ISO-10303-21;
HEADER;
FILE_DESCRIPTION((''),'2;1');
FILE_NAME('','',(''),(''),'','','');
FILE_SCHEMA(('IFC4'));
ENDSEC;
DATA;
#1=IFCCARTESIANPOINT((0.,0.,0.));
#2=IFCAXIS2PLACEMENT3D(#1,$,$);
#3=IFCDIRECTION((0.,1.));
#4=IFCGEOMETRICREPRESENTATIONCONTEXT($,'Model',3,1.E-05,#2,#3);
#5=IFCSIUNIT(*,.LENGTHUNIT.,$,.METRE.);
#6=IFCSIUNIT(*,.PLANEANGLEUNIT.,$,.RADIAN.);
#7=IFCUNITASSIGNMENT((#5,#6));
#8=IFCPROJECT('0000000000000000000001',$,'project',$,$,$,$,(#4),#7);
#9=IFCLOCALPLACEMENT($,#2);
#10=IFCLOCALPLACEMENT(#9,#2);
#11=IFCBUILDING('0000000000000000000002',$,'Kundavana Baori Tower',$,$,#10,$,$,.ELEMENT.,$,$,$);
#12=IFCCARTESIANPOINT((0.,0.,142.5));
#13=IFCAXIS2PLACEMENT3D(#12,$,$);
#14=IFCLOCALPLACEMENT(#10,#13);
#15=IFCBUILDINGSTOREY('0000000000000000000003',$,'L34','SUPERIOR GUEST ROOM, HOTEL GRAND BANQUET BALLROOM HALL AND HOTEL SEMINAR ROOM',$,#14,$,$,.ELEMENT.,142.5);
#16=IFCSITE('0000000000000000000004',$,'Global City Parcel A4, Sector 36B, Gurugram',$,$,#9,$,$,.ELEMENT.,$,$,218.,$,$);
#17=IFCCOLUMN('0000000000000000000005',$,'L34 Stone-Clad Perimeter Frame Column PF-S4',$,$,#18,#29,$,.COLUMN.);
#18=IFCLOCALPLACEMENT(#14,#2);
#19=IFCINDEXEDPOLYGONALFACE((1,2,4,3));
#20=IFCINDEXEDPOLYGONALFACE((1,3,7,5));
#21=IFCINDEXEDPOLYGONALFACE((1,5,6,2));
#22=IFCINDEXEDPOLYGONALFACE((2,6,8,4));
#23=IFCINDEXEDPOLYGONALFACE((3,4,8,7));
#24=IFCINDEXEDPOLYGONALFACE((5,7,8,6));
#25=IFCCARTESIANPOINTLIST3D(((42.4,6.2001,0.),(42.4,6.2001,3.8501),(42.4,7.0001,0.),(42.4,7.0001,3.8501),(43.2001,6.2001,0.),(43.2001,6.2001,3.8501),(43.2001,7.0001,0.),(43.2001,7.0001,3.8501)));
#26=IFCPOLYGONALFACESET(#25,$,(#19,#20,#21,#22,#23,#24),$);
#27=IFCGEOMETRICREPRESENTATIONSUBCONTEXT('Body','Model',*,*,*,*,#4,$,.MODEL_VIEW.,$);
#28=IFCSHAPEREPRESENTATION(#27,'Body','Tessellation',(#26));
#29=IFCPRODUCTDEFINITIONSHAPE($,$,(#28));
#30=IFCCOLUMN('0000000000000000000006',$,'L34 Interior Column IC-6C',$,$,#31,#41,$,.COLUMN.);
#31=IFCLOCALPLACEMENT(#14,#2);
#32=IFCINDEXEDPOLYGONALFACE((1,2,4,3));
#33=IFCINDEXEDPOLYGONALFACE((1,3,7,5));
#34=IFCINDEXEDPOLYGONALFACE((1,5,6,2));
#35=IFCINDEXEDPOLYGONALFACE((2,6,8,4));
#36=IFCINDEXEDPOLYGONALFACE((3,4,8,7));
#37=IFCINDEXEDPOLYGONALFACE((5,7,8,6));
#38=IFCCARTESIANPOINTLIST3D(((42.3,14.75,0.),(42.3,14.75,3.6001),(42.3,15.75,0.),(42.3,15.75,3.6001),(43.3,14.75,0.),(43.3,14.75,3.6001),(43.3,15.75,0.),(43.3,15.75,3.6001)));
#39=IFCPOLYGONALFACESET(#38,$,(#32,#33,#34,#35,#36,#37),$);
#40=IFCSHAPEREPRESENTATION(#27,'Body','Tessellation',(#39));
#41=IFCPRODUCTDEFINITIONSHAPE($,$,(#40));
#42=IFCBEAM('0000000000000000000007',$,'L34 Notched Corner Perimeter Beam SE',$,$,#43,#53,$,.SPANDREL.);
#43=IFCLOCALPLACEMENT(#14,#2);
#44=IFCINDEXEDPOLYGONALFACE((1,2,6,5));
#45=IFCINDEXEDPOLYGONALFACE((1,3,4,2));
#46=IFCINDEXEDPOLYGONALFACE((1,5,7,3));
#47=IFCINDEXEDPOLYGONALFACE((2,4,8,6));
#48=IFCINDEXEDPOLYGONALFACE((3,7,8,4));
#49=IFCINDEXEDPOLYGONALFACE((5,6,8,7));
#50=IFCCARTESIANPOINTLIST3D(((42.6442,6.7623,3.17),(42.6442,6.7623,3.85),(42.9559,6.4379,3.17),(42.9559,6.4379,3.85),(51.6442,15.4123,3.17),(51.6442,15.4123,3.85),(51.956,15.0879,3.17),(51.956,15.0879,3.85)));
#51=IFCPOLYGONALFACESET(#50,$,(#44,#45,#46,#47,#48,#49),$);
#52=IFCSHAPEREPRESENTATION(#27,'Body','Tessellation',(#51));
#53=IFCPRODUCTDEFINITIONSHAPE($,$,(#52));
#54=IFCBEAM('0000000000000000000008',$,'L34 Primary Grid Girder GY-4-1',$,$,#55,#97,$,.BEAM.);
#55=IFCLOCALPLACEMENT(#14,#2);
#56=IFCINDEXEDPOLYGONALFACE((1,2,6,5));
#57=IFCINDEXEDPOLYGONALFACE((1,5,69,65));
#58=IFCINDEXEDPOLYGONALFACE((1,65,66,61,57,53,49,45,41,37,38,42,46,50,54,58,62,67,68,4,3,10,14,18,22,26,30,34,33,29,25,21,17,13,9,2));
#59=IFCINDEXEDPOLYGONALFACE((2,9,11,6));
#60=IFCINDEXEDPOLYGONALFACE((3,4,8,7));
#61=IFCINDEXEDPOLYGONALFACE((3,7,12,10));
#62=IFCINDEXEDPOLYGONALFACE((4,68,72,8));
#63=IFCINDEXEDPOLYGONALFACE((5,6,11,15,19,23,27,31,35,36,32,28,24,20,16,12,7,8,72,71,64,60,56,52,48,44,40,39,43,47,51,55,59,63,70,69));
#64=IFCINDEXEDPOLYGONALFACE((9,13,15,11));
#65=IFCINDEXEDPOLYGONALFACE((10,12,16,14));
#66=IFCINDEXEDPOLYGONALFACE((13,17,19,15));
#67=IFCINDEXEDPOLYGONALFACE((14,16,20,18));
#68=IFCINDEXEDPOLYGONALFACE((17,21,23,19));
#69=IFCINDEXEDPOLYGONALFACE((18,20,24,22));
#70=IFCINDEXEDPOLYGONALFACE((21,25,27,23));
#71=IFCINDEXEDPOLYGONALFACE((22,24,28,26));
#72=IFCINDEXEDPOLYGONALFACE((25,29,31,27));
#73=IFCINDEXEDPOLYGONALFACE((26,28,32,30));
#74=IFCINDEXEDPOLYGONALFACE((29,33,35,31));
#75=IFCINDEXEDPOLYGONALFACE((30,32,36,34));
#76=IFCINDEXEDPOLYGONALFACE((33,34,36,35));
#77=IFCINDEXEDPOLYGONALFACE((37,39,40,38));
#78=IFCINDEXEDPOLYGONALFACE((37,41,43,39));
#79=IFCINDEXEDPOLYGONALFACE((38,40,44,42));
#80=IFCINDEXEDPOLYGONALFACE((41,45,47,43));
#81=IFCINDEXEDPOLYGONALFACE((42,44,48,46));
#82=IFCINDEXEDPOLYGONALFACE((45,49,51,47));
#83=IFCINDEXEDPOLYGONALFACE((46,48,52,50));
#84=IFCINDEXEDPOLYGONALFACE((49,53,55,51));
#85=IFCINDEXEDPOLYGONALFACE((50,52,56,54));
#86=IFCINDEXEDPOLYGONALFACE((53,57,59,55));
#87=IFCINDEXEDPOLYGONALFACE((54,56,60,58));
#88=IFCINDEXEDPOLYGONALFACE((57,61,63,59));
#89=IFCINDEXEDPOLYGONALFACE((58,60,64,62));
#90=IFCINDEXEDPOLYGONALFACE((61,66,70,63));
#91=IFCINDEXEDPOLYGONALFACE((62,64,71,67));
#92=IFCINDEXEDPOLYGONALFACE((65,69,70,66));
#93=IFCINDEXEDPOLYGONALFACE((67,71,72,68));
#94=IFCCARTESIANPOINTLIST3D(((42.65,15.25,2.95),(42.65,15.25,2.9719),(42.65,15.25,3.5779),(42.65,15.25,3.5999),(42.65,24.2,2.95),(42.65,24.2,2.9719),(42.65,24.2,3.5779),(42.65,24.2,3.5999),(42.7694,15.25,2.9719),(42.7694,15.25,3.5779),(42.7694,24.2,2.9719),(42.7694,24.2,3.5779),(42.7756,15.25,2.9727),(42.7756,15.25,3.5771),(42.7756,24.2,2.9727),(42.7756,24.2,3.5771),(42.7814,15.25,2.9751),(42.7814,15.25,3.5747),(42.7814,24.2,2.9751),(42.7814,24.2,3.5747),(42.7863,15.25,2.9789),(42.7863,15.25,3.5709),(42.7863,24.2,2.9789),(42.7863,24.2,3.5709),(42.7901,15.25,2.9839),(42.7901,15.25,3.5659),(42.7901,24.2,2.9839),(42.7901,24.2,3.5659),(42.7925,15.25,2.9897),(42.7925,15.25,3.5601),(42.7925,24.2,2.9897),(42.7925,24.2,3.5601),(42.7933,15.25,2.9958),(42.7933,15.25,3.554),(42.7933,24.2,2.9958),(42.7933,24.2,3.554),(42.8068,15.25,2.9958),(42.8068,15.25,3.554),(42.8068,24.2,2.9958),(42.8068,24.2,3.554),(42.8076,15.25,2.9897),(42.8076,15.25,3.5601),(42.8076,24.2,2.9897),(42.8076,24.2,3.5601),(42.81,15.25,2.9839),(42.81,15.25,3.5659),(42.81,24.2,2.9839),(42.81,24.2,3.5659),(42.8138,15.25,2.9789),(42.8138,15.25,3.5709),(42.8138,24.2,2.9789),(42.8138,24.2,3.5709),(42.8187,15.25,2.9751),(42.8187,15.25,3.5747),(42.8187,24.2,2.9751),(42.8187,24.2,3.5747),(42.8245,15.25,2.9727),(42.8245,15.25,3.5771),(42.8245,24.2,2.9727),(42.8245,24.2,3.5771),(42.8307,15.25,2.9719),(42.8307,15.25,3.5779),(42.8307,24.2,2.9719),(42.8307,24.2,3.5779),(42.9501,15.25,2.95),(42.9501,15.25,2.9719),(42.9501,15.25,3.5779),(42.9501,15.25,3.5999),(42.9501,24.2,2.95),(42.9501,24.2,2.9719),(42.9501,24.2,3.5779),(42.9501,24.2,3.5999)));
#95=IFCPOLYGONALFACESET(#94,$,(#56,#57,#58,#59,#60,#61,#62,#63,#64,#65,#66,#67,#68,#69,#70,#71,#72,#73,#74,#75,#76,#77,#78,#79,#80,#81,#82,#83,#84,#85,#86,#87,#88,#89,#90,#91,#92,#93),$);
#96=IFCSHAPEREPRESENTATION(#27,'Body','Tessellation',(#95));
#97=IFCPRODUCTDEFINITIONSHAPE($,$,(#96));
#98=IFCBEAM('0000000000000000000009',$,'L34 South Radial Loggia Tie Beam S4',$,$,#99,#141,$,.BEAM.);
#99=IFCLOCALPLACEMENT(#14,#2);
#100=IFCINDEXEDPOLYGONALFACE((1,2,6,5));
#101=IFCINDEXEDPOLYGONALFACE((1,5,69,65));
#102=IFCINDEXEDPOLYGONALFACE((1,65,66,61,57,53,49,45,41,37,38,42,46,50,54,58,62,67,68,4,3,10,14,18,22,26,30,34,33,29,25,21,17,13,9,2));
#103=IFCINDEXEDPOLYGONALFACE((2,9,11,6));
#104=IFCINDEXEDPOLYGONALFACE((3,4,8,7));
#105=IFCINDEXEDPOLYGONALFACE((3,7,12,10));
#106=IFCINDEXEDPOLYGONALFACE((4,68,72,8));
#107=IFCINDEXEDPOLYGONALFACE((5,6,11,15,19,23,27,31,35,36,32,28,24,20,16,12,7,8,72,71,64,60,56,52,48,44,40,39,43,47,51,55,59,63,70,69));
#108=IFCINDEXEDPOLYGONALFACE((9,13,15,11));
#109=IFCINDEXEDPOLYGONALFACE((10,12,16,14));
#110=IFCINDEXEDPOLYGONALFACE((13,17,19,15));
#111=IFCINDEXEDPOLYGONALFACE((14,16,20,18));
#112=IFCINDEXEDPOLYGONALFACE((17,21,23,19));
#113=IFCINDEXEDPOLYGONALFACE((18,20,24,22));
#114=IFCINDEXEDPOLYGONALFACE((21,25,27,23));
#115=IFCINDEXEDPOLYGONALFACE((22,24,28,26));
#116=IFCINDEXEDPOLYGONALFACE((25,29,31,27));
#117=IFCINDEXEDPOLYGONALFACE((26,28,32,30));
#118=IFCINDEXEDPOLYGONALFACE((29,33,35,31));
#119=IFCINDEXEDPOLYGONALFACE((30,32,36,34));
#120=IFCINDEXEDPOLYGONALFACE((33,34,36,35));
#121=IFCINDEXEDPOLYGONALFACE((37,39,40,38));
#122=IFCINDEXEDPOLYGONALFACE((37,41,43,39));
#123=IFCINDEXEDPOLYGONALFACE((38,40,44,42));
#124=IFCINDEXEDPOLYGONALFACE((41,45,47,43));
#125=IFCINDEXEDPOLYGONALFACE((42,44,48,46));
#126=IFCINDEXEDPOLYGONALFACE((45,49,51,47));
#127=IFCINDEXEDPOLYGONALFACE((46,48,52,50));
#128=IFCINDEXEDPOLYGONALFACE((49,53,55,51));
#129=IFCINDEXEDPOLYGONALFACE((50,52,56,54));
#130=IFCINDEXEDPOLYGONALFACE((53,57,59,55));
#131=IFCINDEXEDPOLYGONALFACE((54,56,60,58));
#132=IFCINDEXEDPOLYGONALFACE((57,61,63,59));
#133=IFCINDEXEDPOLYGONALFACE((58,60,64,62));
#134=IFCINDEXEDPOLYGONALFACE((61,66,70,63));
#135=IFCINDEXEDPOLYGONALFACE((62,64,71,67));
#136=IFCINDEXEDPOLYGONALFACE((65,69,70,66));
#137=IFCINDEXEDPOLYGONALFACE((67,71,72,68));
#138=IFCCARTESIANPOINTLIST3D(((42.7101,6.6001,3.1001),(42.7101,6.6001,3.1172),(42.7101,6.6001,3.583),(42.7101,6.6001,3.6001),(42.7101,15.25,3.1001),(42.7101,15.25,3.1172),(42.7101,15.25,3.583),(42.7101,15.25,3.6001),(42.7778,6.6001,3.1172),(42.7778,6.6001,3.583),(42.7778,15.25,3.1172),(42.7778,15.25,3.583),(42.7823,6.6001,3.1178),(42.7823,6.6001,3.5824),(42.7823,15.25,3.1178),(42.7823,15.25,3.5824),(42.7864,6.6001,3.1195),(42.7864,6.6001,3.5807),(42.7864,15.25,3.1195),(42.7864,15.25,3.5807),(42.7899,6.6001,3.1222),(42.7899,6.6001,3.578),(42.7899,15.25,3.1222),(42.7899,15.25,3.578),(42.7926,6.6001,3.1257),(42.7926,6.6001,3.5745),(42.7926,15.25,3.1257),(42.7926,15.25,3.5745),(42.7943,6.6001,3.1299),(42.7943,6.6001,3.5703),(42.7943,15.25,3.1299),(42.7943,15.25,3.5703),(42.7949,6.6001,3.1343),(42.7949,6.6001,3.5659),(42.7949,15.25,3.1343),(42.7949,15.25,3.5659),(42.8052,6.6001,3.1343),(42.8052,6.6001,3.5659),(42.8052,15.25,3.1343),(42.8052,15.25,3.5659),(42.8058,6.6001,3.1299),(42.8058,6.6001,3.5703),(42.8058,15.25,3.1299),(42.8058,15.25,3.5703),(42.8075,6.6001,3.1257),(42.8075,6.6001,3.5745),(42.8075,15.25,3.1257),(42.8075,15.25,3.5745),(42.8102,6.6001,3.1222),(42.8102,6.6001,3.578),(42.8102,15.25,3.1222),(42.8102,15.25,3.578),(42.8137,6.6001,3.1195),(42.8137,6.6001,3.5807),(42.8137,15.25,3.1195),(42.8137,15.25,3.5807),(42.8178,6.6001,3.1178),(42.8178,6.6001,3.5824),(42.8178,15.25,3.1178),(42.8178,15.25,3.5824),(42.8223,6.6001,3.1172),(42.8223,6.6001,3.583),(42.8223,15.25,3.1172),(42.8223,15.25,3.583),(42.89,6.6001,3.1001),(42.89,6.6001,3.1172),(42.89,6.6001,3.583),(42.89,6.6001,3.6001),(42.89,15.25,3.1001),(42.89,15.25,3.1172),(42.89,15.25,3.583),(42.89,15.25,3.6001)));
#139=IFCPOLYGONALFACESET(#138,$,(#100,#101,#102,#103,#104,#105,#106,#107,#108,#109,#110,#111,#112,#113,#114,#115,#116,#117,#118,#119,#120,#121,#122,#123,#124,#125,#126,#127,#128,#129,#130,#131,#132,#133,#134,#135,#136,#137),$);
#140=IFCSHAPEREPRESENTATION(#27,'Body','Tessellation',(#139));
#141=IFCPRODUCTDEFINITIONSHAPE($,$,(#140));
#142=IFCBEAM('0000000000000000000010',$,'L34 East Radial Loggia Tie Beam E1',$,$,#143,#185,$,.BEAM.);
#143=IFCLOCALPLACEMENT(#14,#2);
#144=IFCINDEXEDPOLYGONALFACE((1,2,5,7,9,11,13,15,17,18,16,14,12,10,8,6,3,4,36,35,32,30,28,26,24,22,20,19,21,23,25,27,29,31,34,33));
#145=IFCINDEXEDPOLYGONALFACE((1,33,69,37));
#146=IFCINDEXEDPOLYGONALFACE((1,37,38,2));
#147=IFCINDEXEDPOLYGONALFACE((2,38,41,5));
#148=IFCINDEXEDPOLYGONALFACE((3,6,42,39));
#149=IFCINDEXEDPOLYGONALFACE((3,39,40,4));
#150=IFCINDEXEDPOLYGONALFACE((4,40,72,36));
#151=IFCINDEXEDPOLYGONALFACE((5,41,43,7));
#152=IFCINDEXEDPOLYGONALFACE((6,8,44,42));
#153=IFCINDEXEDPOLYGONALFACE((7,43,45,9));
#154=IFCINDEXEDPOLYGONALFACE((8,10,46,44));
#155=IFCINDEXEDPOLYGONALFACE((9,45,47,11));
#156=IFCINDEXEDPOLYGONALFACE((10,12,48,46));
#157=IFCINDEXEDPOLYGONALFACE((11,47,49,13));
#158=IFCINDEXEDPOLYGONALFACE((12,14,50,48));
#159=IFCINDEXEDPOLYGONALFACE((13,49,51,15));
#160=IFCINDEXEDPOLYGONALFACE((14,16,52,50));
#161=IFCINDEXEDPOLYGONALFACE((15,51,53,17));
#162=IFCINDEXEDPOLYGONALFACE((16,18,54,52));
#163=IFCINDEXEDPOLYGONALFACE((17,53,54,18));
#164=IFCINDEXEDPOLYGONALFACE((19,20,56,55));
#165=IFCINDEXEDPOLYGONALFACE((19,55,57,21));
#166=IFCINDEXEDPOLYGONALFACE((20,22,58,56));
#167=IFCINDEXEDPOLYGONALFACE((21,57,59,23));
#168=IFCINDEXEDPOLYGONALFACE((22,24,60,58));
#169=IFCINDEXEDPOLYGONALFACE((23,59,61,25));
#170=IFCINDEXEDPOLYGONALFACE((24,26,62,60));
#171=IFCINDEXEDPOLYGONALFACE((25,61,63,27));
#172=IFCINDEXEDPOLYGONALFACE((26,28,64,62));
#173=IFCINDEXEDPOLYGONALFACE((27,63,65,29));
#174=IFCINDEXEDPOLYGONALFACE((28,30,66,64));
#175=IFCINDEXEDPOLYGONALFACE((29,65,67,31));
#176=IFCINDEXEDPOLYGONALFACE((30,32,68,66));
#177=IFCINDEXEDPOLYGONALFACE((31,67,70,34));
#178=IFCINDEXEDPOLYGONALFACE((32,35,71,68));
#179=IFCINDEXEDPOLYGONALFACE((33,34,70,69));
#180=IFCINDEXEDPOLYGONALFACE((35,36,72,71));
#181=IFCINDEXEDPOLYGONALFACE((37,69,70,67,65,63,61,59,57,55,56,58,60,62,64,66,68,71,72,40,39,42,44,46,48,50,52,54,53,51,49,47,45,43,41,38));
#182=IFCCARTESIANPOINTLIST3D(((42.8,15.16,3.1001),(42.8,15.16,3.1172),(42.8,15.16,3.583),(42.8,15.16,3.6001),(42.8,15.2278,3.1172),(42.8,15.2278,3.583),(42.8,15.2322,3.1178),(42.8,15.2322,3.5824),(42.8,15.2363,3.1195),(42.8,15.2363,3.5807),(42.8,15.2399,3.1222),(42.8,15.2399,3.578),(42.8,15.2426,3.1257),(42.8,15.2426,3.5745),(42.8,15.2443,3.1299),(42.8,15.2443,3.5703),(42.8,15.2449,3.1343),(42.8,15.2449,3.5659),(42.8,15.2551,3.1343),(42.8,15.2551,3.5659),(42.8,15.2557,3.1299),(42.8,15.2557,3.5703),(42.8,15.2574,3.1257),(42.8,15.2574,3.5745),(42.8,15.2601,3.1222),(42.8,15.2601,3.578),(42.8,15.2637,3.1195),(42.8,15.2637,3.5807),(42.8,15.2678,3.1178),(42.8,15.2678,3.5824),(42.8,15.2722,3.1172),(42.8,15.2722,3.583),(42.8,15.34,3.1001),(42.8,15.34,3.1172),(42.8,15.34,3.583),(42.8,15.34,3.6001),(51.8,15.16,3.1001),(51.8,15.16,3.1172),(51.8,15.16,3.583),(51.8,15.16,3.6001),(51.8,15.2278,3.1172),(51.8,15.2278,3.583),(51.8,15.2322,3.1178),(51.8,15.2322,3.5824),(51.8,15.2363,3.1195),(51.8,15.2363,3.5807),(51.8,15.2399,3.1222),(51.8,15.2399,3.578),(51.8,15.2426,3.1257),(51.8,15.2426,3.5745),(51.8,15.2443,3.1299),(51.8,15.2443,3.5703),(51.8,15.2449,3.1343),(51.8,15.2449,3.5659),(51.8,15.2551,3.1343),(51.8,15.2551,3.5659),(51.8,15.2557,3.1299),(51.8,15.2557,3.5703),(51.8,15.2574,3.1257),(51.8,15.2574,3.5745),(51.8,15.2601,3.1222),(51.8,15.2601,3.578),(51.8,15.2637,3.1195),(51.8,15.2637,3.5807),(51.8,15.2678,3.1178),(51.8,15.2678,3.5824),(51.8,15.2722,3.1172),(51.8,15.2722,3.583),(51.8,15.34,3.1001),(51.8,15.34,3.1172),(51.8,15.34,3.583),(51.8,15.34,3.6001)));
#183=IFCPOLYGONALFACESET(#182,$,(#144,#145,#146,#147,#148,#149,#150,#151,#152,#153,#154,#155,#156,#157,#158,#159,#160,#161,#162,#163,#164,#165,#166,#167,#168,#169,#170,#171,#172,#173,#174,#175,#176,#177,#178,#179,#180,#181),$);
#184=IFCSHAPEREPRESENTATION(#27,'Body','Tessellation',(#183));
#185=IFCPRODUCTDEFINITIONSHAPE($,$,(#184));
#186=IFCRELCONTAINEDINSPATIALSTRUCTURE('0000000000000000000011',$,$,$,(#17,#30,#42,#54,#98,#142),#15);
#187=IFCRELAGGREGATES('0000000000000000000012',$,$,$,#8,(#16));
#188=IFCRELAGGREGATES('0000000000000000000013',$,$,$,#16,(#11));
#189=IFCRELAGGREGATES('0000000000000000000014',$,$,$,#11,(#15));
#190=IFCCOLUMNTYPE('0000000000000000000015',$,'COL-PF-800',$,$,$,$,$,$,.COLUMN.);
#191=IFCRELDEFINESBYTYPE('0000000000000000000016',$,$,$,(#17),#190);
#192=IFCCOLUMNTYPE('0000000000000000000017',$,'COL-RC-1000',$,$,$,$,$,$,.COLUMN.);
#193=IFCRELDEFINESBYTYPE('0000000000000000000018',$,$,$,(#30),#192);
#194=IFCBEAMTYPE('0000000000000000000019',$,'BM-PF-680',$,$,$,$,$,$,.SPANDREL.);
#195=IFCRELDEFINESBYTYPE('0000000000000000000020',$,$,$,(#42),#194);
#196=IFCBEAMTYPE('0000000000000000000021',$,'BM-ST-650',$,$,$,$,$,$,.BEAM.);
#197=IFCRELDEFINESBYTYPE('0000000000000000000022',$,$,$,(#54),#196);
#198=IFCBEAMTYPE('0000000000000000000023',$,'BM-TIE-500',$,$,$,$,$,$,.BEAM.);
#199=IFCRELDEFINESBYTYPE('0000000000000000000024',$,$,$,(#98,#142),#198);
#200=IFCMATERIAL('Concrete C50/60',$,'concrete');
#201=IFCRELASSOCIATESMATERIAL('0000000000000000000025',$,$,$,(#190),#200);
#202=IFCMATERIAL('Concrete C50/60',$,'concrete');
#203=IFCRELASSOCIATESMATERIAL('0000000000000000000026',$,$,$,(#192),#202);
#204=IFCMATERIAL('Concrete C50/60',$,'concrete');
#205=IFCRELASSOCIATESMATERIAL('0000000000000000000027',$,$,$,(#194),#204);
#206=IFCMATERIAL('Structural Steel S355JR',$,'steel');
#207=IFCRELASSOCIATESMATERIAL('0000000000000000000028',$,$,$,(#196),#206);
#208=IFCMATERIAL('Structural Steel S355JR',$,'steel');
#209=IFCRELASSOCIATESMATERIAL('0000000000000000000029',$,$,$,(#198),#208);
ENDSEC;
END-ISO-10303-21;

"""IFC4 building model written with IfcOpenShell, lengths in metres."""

from ifc_helpers import new_model, si_unit, direction, frame, origin, origin_2d, place, context, subcontext, project, spatial, rectangle, i_section, extrude, material, material_profile, profile_set, type_object, element, save


model = new_model("IFC4")

# Units and contexts
model_context = context("Model", 3, precision=1e-05, world=origin(), true_north=direction((0.0, 1.0)))
body_context = subcontext(model_context, "Body", "Model", "MODEL_VIEW")
ifc_project = project(units=[si_unit("LENGTHUNIT", "METRE"), si_unit("PLANEANGLEUNIT", "RADIAN")], contexts=[model_context])

# Site, building, storey
site_placement = place(None, origin())
site = spatial("IfcSite", under=ifc_project, at=site_placement, Name="Global City Parcel A4, Sector 36B, Gurugram", CompositionType="ELEMENT", RefElevation=218.0)
building_placement = place(site_placement, origin())
building = spatial("IfcBuilding", under=site, at=building_placement, Name="Kundavana Baori Tower", CompositionType="ELEMENT")
storey_placement = place(building_placement, frame((0.0, 0.0, 142.5)))
storey = spatial("IfcBuildingStorey", under=building, at=storey_placement, Name="L34", Description="SUPERIOR GUEST ROOM, HOTEL GRAND BANQUET BALLROOM HALL AND HOTEL SEMINAR ROOM", CompositionType="ELEMENT", Elevation=142.5)

# Columns
ifc_material_1 = material(Name="Concrete C50/60", Category="concrete")
ifc_material_profile_1 = material_profile(ifc_material_1, rectangle(XDim=0.8, YDim=0.8, at=origin_2d()), Name="RC PF 800x800")
ifc_profile_set_1 = profile_set([ifc_material_profile_1], Name="Concrete C50/60")
column_type_1 = type_object("IfcColumnType", Name="COL-PF-800", PredefinedType="COLUMN", material=ifc_profile_set_1)
column_1_placement = place(storey_placement, frame((42.8, 6.6001, 0.0), z_axis=(0.0, 0.0, 1.0), x_axis=(1.0, 0.0, 0.0)))
element("IfcColumn", 1, at=column_1_placement, inside=storey, type_object=column_type_1, Name="L34 Stone-Clad Perimeter Frame Column PF-S4", PredefinedType="COLUMN", context=body_context, shape_type="SweptSolid", body=[
    extrude(rectangle(XDim=0.8, YDim=0.8, at=origin_2d()), origin(), (0.0, 0.0, 1.0), 3.8501),
])
ifc_material_2 = material(Name="Concrete C50/60", Category="concrete")
ifc_material_profile_2 = material_profile(ifc_material_2, rectangle(XDim=1.0, YDim=1.0, at=origin_2d()), Name="RC 1000x1000")
ifc_profile_set_2 = profile_set([ifc_material_profile_2], Name="Concrete C50/60")
column_type_2 = type_object("IfcColumnType", Name="COL-RC-1000", PredefinedType="COLUMN", material=ifc_profile_set_2)
column_2_placement = place(storey_placement, frame((42.8, 15.25, 0.0), z_axis=(0.0, 0.0, 1.0), x_axis=(1.0, 0.0, 0.0)))
element("IfcColumn", 2, at=column_2_placement, inside=storey, type_object=column_type_2, Name="L34 Interior Column IC-6C", PredefinedType="COLUMN", context=body_context, shape_type="SweptSolid", body=[
    extrude(rectangle(XDim=1.0, YDim=1.0, at=origin_2d()), origin(), (0.0, 0.0, 1.0), 3.6001),
])

# Beams
ifc_material_3 = material(Name="Concrete C50/60", Category="concrete")
ifc_material_profile_3 = material_profile(ifc_material_3, rectangle(XDim=0.45, YDim=0.6799, at=origin_2d()), Name="RC BM 450x680")
ifc_profile_set_3 = profile_set([ifc_material_profile_3], Name="Concrete C50/60")
beam_type_1 = type_object("IfcBeamType", Name="BM-PF-680", PredefinedType="SPANDREL", material=ifc_profile_set_3)
beam_1_placement = place(storey_placement, frame((42.8, 6.6001, 3.51), z_axis=(0.720991, 0.692945, 0.0), x_axis=(-0.692945, 0.720991, 0.0)))
element("IfcBeam", 3, at=beam_1_placement, inside=storey, type_object=beam_type_1, Name="L34 Notched Corner Perimeter Beam SE", PredefinedType="SPANDREL", context=body_context, shape_type="SweptSolid", body=[
    extrude(rectangle(XDim=0.45, YDim=0.6799, at=origin_2d()), origin(), (0.0, 0.0, 1.0), 12.4829),
])
ifc_material_4 = material(Name="Structural Steel S355JR", Category="steel")
ifc_material_profile_4 = material_profile(ifc_material_4, i_section(OverallWidth=0.3, OverallDepth=0.6499, WebThickness=0.0134, FlangeThickness=0.022, FilletRadius=0.0239, at=origin_2d()), Name="NPB 650x300x155")
ifc_profile_set_4 = profile_set([ifc_material_profile_4], Name="Structural Steel S355JR")
beam_type_2 = type_object("IfcBeamType", Name="BM-ST-650", PredefinedType="BEAM", material=ifc_profile_set_4)
beam_2_placement = place(storey_placement, frame((42.8, 15.25, 3.2749), z_axis=(0.0, 1.0, 0.0), x_axis=(-1.0, 0.0, 0.0)))
element("IfcBeam", 4, at=beam_2_placement, inside=storey, type_object=beam_type_2, Name="L34 Primary Grid Girder GY-4-1", PredefinedType="BEAM", context=body_context, shape_type="SweptSolid", body=[
    extrude(i_section(OverallWidth=0.3, OverallDepth=0.6499, WebThickness=0.0134, FlangeThickness=0.022, FilletRadius=0.0239, at=origin_2d()), origin(), (0.0, 0.0, 1.0), 8.95),
])
ifc_material_5 = material(Name="Structural Steel S355JR", Category="steel")
ifc_material_profile_5 = material_profile(ifc_material_5, i_section(OverallWidth=0.1799, OverallDepth=0.5, WebThickness=0.0103, FlangeThickness=0.0171, FilletRadius=0.0171, at=origin_2d()), Name="ISMB 500")
ifc_profile_set_5 = profile_set([ifc_material_profile_5], Name="Structural Steel S355JR")
beam_type_3 = type_object("IfcBeamType", Name="BM-TIE-500", PredefinedType="BEAM", material=ifc_profile_set_5)
beam_3_placement = place(storey_placement, frame((42.8, 15.25, 3.3501), z_axis=(0.0, -1.0, 0.0), x_axis=(1.0, 0.0, 0.0)))
element("IfcBeam", 5, at=beam_3_placement, inside=storey, type_object=beam_type_3, Name="L34 South Radial Loggia Tie Beam S4", PredefinedType="BEAM", context=body_context, shape_type="SweptSolid", body=[
    extrude(i_section(OverallWidth=0.1799, OverallDepth=0.5, WebThickness=0.0103, FlangeThickness=0.0171, FilletRadius=0.0171, at=origin_2d()), origin(), (0.0, 0.0, 1.0), 8.6499),
])
beam_4_placement = place(storey_placement, frame((42.8, 15.25, 3.3501), z_axis=(1.0, 0.0, 0.0), x_axis=(0.0, 1.0, 0.0)))
element("IfcBeam", 6, at=beam_4_placement, inside=storey, type_object=beam_type_3, Name="L34 East Radial Loggia Tie Beam E1", PredefinedType="BEAM", context=body_context, shape_type="SweptSolid", body=[
    extrude(i_section(OverallWidth=0.1799, OverallDepth=0.5, WebThickness=0.0103, FlangeThickness=0.0171, FilletRadius=0.0171, at=origin_2d()), origin(), (0.0, 0.0, 1.0), 9.0),
])

save(model, "model.ifc")
